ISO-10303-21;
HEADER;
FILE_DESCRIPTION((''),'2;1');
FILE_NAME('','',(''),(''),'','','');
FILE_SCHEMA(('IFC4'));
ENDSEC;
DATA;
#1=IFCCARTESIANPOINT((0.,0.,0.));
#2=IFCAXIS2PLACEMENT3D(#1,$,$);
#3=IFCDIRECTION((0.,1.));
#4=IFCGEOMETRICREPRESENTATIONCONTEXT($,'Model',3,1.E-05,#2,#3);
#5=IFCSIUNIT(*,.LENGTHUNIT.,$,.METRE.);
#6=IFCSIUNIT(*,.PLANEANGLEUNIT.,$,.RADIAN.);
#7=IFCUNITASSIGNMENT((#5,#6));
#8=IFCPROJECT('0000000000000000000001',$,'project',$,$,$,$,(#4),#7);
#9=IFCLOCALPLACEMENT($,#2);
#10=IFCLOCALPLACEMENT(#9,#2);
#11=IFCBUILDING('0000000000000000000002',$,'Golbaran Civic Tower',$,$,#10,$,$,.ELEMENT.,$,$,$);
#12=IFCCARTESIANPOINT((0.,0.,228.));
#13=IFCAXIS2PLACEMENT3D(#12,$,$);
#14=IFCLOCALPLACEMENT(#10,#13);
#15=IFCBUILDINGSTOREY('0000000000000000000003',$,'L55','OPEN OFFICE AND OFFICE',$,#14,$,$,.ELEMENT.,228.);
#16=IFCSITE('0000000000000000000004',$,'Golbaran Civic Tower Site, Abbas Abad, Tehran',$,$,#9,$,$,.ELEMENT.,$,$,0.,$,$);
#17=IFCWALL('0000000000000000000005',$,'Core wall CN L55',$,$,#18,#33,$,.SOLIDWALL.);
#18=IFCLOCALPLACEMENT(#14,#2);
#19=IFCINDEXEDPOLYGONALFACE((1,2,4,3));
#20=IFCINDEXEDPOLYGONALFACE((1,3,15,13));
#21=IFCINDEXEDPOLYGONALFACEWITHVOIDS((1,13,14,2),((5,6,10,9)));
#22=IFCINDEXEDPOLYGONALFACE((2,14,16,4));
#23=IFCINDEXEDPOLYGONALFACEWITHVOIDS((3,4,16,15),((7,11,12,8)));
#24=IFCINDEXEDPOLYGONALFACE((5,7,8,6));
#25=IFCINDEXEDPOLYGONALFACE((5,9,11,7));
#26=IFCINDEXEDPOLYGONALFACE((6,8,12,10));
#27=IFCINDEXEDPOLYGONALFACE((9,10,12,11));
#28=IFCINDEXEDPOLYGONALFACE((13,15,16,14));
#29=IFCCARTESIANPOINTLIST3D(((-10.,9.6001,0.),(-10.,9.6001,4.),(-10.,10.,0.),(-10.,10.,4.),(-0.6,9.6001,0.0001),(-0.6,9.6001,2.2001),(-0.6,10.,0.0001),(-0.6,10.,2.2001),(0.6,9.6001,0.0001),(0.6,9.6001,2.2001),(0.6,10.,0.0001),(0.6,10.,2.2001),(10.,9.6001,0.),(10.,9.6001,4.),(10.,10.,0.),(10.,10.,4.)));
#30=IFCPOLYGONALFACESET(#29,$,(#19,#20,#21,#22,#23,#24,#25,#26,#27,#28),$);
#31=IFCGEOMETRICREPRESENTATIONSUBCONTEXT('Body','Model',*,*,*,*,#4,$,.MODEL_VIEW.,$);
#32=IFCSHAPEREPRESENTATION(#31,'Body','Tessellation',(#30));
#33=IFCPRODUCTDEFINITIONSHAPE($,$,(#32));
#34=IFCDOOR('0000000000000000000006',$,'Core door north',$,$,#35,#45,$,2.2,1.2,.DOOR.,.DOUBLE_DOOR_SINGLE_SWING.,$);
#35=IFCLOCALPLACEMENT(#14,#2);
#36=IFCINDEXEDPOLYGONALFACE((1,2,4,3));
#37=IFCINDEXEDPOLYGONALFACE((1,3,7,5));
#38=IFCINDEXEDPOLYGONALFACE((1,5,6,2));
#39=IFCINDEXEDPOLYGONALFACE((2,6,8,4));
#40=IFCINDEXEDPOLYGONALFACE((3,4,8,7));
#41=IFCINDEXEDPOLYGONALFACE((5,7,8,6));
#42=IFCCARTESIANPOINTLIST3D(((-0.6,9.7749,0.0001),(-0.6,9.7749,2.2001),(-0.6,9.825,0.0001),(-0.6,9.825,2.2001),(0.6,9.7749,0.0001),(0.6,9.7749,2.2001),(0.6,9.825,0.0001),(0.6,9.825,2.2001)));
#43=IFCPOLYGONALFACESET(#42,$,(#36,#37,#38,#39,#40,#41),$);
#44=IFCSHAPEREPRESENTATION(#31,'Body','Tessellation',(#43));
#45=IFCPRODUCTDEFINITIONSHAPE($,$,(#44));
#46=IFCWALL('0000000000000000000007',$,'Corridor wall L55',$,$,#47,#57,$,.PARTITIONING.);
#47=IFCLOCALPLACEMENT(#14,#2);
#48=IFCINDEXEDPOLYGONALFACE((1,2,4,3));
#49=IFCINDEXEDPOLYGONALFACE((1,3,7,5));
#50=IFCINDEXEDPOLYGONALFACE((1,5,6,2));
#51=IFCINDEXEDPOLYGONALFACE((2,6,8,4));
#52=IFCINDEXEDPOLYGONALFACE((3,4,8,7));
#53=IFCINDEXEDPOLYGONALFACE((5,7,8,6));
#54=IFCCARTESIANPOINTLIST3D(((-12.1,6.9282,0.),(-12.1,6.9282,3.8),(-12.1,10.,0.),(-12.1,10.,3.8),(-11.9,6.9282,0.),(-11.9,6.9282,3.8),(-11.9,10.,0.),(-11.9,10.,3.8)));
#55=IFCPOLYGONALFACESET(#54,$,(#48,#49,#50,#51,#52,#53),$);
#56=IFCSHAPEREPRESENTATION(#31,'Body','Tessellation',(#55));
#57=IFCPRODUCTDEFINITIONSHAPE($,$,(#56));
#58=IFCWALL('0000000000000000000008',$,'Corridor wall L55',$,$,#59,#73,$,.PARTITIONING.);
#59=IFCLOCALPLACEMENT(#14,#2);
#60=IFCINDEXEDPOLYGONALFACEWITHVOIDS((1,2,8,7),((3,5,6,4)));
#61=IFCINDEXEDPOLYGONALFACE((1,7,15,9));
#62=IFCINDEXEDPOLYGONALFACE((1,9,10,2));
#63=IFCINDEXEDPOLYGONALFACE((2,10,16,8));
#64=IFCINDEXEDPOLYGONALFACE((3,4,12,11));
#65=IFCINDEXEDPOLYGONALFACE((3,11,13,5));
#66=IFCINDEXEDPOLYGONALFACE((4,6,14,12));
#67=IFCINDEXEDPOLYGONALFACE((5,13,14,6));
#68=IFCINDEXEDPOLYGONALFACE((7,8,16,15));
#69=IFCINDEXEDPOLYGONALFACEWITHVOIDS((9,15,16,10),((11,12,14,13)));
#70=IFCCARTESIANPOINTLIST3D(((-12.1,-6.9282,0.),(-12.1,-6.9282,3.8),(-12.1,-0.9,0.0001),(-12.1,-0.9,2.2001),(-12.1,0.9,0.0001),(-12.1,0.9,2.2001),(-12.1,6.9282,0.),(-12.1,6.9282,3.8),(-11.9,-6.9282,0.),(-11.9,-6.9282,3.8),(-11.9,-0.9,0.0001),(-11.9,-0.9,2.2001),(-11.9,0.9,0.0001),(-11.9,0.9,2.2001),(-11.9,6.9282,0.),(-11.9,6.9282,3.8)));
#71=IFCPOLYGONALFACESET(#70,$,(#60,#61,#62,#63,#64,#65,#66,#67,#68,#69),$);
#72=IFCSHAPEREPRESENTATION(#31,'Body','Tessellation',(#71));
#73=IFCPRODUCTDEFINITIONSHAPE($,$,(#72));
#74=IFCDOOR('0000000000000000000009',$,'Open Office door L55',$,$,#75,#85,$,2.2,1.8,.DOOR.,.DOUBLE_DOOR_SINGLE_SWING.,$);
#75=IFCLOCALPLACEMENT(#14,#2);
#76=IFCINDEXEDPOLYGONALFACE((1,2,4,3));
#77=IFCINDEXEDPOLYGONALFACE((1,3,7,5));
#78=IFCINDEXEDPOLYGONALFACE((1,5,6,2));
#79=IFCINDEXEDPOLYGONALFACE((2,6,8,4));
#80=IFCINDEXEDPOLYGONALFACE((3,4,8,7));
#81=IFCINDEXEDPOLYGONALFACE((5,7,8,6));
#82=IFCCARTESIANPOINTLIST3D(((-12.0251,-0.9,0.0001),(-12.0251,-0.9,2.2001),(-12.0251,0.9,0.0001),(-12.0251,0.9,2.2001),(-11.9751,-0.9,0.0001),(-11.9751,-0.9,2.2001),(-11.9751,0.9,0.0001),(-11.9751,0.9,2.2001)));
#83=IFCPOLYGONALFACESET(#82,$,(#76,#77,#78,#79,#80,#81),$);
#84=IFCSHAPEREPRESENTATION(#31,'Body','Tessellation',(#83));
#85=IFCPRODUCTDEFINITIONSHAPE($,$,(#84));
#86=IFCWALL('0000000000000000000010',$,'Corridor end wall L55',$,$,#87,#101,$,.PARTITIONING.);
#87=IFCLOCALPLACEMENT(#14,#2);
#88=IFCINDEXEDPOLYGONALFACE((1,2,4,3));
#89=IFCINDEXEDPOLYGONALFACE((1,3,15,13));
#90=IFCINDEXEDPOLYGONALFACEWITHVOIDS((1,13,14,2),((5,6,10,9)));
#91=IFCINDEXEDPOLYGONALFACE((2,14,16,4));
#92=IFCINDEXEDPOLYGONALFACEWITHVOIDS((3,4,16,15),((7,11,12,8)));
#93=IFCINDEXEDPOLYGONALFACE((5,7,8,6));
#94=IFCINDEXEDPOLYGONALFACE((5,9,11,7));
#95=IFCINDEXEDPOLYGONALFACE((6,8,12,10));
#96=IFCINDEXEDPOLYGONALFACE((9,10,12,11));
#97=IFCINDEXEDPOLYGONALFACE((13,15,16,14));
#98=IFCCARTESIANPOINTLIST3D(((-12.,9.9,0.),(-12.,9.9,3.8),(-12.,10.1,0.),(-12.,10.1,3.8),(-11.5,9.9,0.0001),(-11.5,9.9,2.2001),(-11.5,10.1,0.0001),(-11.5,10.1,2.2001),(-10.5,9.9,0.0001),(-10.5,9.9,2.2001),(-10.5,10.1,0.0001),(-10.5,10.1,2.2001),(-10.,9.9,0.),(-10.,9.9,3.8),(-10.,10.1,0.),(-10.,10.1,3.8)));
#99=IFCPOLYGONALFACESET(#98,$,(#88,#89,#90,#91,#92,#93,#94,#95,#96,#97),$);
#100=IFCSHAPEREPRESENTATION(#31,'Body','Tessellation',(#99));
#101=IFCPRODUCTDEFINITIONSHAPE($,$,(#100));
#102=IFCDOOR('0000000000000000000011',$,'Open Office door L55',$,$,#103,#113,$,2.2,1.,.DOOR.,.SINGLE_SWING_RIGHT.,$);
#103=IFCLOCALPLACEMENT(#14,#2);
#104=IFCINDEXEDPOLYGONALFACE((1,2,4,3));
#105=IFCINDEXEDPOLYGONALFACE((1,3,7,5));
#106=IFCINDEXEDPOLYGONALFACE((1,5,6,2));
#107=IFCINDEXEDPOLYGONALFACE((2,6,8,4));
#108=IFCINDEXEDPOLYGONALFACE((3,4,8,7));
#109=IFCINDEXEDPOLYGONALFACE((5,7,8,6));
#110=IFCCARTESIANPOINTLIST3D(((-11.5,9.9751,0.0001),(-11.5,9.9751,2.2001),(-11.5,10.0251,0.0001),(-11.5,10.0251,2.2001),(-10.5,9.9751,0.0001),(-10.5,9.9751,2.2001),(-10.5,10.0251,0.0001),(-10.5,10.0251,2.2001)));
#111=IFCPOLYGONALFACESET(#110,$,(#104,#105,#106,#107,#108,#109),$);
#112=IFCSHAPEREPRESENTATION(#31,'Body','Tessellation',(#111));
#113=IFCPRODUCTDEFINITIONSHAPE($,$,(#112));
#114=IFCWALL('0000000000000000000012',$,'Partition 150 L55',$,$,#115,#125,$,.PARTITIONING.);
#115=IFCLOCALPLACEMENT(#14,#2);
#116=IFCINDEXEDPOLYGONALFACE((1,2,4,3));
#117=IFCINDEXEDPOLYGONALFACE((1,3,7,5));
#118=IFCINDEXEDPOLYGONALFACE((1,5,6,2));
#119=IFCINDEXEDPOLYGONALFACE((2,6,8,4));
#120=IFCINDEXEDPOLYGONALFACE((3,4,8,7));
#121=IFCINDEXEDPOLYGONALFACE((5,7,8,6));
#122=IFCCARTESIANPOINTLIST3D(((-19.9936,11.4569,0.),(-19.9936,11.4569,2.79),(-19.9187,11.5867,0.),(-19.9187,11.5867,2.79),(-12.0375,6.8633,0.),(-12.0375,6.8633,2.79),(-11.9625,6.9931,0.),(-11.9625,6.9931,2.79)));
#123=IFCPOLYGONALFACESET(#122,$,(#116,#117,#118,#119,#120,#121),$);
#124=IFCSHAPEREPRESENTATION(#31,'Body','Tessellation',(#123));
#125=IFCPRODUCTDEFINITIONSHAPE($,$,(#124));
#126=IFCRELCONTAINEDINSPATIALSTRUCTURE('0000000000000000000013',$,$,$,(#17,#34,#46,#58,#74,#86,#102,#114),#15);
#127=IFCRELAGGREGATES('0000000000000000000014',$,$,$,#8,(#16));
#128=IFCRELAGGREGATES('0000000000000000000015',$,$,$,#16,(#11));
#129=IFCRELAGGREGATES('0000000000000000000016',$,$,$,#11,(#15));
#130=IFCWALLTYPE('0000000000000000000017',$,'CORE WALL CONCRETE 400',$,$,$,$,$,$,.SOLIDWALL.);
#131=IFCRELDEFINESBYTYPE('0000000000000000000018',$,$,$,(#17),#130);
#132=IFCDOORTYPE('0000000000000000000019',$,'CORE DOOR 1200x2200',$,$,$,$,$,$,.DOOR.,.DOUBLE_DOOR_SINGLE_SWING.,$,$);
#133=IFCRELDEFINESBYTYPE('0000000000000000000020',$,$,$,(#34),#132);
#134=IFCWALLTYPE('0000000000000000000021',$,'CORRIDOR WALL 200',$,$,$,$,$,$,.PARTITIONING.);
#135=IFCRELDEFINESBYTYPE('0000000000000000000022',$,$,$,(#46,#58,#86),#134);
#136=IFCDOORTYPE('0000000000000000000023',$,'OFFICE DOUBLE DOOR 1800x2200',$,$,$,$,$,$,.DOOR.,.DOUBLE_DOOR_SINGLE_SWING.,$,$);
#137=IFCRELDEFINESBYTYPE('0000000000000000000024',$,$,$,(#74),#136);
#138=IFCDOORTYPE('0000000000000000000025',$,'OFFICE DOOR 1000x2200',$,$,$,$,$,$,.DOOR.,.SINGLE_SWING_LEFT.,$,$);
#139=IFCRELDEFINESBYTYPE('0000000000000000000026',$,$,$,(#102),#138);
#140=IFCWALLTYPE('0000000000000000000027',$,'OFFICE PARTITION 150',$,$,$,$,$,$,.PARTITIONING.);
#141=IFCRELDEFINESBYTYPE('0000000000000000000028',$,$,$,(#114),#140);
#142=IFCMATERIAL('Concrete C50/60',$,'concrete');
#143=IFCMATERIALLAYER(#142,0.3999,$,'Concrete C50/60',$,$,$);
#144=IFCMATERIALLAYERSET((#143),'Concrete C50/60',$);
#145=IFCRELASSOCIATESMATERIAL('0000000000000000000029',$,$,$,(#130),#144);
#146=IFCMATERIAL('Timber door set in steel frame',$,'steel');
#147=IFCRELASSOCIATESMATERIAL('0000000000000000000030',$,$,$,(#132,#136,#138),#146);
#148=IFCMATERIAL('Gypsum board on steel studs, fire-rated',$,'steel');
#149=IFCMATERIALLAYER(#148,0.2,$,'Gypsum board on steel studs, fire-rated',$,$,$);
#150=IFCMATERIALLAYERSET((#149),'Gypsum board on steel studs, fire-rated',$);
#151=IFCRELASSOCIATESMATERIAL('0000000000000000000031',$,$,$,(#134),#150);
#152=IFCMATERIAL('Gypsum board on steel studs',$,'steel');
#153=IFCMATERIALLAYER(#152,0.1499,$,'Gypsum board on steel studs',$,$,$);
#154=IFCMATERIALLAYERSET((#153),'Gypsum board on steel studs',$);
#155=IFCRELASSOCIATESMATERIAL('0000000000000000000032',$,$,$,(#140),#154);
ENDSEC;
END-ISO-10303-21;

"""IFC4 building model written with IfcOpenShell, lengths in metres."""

from ifc_helpers import new_model, si_unit, direction, frame, frame_2d, origin, place, context, subcontext, project, spatial, rectangle, extrude, material, layer, layer_set, type_object, element, fill, save


model = new_model("IFC4")

# Units and contexts
model_context = context("Model", 3, precision=1e-05, world=origin(), true_north=direction((0.0, 1.0)))
body_context = subcontext(model_context, "Body", "Model", "MODEL_VIEW")
ifc_project = project(units=[si_unit("LENGTHUNIT", "METRE"), si_unit("PLANEANGLEUNIT", "RADIAN")], contexts=[model_context])

# Site, building, storey
site_placement = place(None, origin())
site = spatial("IfcSite", under=ifc_project, at=site_placement, Name="Golbaran Civic Tower Site, Abbas Abad, Tehran", CompositionType="ELEMENT", RefElevation=0.0)
building_placement = place(site_placement, origin())
building = spatial("IfcBuilding", under=site, at=building_placement, Name="Golbaran Civic Tower", CompositionType="ELEMENT")
storey_placement = place(building_placement, frame((0.0, 0.0, 228.0)))
storey = spatial("IfcBuildingStorey", under=building, at=storey_placement, Name="L55", Description="OPEN OFFICE AND OFFICE", CompositionType="ELEMENT", Elevation=228.0)

# Wall, opening, door
ifc_material_1 = material(Name="Concrete C50/60", Category="concrete")
ifc_layer_1 = layer(ifc_material_1, 0.3999, Name="Concrete C50/60")
ifc_layer_set_1 = layer_set([ifc_layer_1], Name="Concrete C50/60")
wall_type_1 = type_object("IfcWallType", Name="CORE WALL CONCRETE 400", PredefinedType="SOLIDWALL", material=ifc_layer_set_1)
wall_1_placement = place(storey_placement, frame((-10.0, 9.8, 0.0), z_axis=(0.0, 0.0, 1.0), x_axis=(1.0, 0.0, 0.0)))
wall_1 = element("IfcWall", 1, at=wall_1_placement, inside=storey, type_object=wall_type_1, Name="Core wall CN L55", PredefinedType="SOLIDWALL", context=body_context, shape_type="SweptSolid", body=[
    extrude(rectangle(XDim=20.0, YDim=0.3999, at=frame_2d((10.0, 0.0))), origin(), (0.0, 0.0, 1.0), 4.0),
])
opening_1_placement = place(wall_1_placement, frame((9.3999, 0.0, 0.0)))
opening_1 = element("IfcOpeningElement", 2, at=opening_1_placement, cuts=wall_1, PredefinedType="OPENING", context=body_context, shape_type="SweptSolid", body=[
    extrude(rectangle(XDim=1.2, YDim=2.2, at=frame_2d((0.6001, 1.1001))), frame((0.0, 0.21, 0.0), z_axis=(0.0, -1.0, 0.0), x_axis=(1.0, 0.0, 0.0)), (0.0, 0.0, 1.0), 0.4199),
])
ifc_material_2 = material(Name="Timber door set in steel frame", Category="steel")
door_type_1 = type_object("IfcDoorType", Name="CORE DOOR 1200x2200", OperationType="DOUBLE_DOOR_SINGLE_SWING", PredefinedType="DOOR", material=ifc_material_2)
door_1_placement = place(opening_1_placement, origin())
door_1 = element("IfcDoor", 3, at=door_1_placement, inside=storey, type_object=door_type_1, Name="Core door north", OperationType="DOUBLE_DOOR_SINGLE_SWING", OverallHeight=2.2, OverallWidth=1.2, PredefinedType="DOOR", context=body_context, shape_type="SweptSolid", body=[
    extrude(rectangle(XDim=1.2, YDim=2.2, at=frame_2d((0.6001, 1.1001))), frame((0.0, 0.0249, 0.0), z_axis=(0.0, -1.0, 0.0), x_axis=(1.0, 0.0, 0.0)), (0.0, 0.0, 1.0), 0.05),
])
fill(opening_1, door_1)

# Wall
ifc_material_3 = material(Name="Gypsum board on steel studs, fire-rated", Category="steel")
ifc_layer_2 = layer(ifc_material_3, 0.2, Name="Gypsum board on steel studs, fire-rated")
ifc_layer_set_2 = layer_set([ifc_layer_2], Name="Gypsum board on steel studs, fire-rated")
wall_type_2 = type_object("IfcWallType", Name="CORRIDOR WALL 200", PredefinedType="PARTITIONING", material=ifc_layer_set_2)
wall_2_placement = place(storey_placement, frame((-12.0, 10.0, 0.0), z_axis=(0.0, 0.0, 1.0), x_axis=(0.0, -1.0, 0.0)))
element("IfcWall", 4, at=wall_2_placement, inside=storey, type_object=wall_type_2, Name="Corridor wall L55", PredefinedType="PARTITIONING", context=body_context, shape_type="SweptSolid", body=[
    extrude(rectangle(XDim=3.0718, YDim=0.2, at=frame_2d((1.5359, 0.0))), origin(), (0.0, 0.0, 1.0), 3.8),
])

# Walls, openings, doors
wall_3_placement = place(storey_placement, frame((-12.0, 6.9282, 0.0), z_axis=(0.0, 0.0, 1.0), x_axis=(0.0, -1.0, 0.0)))
wall_3 = element("IfcWall", 5, at=wall_3_placement, inside=storey, type_object=wall_type_2, Name="Corridor wall L55", PredefinedType="PARTITIONING", context=body_context, shape_type="SweptSolid", body=[
    extrude(rectangle(XDim=13.8564, YDim=0.2, at=frame_2d((6.9282, 0.0))), origin(), (0.0, 0.0, 1.0), 3.8),
])
opening_2_placement = place(wall_3_placement, frame((6.0283, 0.0, 0.0)))
opening_2 = element("IfcOpeningElement", 6, at=opening_2_placement, cuts=wall_3, PredefinedType="OPENING", context=body_context, shape_type="SweptSolid", body=[
    extrude(rectangle(XDim=1.8, YDim=2.2, at=frame_2d((0.8999, 1.1001))), frame((0.0, 0.1099, 0.0), z_axis=(0.0, -1.0, 0.0), x_axis=(1.0, 0.0, 0.0)), (0.0, 0.0, 1.0), 0.22),
])
door_type_2 = type_object("IfcDoorType", Name="OFFICE DOUBLE DOOR 1800x2200", OperationType="DOUBLE_DOOR_SINGLE_SWING", PredefinedType="DOOR", material=ifc_material_2)
door_2_placement = place(opening_2_placement, origin())
door_2 = element("IfcDoor", 7, at=door_2_placement, inside=storey, type_object=door_type_2, Name="Open Office door L55", OperationType="DOUBLE_DOOR_SINGLE_SWING", OverallHeight=2.2, OverallWidth=1.8, PredefinedType="DOOR", context=body_context, shape_type="SweptSolid", body=[
    extrude(rectangle(XDim=1.8, YDim=2.2, at=frame_2d((0.8999, 1.1001))), frame((0.0, 0.0249, 0.0), z_axis=(0.0, -1.0, 0.0), x_axis=(1.0, 0.0, 0.0)), (0.0, 0.0, 1.0), 0.05),
])
fill(opening_2, door_2)
wall_4_placement = place(storey_placement, frame((-10.0, 10.0, 0.0), z_axis=(0.0, 0.0, 1.0), x_axis=(-1.0, 0.0, 0.0)))
wall_4 = element("IfcWall", 8, at=wall_4_placement, inside=storey, type_object=wall_type_2, Name="Corridor end wall L55", PredefinedType="PARTITIONING", context=body_context, shape_type="SweptSolid", body=[
    extrude(rectangle(XDim=2.0, YDim=0.2, at=frame_2d((1.0, 0.0))), origin(), (0.0, 0.0, 1.0), 3.8),
])
opening_3_placement = place(wall_4_placement, frame((0.5, 0.0, 0.0)))
opening_3 = element("IfcOpeningElement", 9, at=opening_3_placement, cuts=wall_4, PredefinedType="OPENING", context=body_context, shape_type="SweptSolid", body=[
    extrude(rectangle(XDim=1.0, YDim=2.2, at=frame_2d((0.5, 1.1001))), frame((0.0, 0.1099, 0.0), z_axis=(0.0, -1.0, 0.0), x_axis=(1.0, 0.0, 0.0)), (0.0, 0.0, 1.0), 0.22),
])
door_type_3 = type_object("IfcDoorType", Name="OFFICE DOOR 1000x2200", OperationType="SINGLE_SWING_LEFT", PredefinedType="DOOR", material=ifc_material_2)
door_3_placement = place(opening_3_placement, origin())
door_3 = element("IfcDoor", 10, at=door_3_placement, inside=storey, type_object=door_type_3, Name="Open Office door L55", OperationType="SINGLE_SWING_RIGHT", OverallHeight=2.2, OverallWidth=1.0, PredefinedType="DOOR", context=body_context, shape_type="SweptSolid", body=[
    extrude(rectangle(XDim=1.0, YDim=2.2, at=frame_2d((0.5, 1.1001))), frame((0.0, 0.0249, 0.0), z_axis=(0.0, -1.0, 0.0), x_axis=(1.0, 0.0, 0.0)), (0.0, 0.0, 1.0), 0.05),
])
fill(opening_3, door_3)

# Wall
ifc_material_4 = material(Name="Gypsum board on steel studs", Category="steel")
ifc_layer_3 = layer(ifc_material_4, 0.1499, Name="Gypsum board on steel studs")
ifc_layer_set_3 = layer_set([ifc_layer_3], Name="Gypsum board on steel studs")
wall_type_3 = type_object("IfcWallType", Name="OFFICE PARTITION 150", PredefinedType="PARTITIONING", material=ifc_layer_set_3)
wall_5_placement = place(storey_placement, frame((-12.0, 6.9282, 0.0), z_axis=(0.0, 0.0, 1.0), x_axis=(-0.866022, 0.500006, 0.0)))
element("IfcWall", 11, at=wall_5_placement, inside=storey, type_object=wall_type_3, Name="Partition 150 L55", PredefinedType="PARTITIONING", context=body_context, shape_type="SweptSolid", body=[
    extrude(rectangle(XDim=9.187, YDim=0.1499, at=frame_2d((4.5935, 0.0))), origin(), (0.0, 0.0, 1.0), 2.79),
])

save(model, "model.ifc")
